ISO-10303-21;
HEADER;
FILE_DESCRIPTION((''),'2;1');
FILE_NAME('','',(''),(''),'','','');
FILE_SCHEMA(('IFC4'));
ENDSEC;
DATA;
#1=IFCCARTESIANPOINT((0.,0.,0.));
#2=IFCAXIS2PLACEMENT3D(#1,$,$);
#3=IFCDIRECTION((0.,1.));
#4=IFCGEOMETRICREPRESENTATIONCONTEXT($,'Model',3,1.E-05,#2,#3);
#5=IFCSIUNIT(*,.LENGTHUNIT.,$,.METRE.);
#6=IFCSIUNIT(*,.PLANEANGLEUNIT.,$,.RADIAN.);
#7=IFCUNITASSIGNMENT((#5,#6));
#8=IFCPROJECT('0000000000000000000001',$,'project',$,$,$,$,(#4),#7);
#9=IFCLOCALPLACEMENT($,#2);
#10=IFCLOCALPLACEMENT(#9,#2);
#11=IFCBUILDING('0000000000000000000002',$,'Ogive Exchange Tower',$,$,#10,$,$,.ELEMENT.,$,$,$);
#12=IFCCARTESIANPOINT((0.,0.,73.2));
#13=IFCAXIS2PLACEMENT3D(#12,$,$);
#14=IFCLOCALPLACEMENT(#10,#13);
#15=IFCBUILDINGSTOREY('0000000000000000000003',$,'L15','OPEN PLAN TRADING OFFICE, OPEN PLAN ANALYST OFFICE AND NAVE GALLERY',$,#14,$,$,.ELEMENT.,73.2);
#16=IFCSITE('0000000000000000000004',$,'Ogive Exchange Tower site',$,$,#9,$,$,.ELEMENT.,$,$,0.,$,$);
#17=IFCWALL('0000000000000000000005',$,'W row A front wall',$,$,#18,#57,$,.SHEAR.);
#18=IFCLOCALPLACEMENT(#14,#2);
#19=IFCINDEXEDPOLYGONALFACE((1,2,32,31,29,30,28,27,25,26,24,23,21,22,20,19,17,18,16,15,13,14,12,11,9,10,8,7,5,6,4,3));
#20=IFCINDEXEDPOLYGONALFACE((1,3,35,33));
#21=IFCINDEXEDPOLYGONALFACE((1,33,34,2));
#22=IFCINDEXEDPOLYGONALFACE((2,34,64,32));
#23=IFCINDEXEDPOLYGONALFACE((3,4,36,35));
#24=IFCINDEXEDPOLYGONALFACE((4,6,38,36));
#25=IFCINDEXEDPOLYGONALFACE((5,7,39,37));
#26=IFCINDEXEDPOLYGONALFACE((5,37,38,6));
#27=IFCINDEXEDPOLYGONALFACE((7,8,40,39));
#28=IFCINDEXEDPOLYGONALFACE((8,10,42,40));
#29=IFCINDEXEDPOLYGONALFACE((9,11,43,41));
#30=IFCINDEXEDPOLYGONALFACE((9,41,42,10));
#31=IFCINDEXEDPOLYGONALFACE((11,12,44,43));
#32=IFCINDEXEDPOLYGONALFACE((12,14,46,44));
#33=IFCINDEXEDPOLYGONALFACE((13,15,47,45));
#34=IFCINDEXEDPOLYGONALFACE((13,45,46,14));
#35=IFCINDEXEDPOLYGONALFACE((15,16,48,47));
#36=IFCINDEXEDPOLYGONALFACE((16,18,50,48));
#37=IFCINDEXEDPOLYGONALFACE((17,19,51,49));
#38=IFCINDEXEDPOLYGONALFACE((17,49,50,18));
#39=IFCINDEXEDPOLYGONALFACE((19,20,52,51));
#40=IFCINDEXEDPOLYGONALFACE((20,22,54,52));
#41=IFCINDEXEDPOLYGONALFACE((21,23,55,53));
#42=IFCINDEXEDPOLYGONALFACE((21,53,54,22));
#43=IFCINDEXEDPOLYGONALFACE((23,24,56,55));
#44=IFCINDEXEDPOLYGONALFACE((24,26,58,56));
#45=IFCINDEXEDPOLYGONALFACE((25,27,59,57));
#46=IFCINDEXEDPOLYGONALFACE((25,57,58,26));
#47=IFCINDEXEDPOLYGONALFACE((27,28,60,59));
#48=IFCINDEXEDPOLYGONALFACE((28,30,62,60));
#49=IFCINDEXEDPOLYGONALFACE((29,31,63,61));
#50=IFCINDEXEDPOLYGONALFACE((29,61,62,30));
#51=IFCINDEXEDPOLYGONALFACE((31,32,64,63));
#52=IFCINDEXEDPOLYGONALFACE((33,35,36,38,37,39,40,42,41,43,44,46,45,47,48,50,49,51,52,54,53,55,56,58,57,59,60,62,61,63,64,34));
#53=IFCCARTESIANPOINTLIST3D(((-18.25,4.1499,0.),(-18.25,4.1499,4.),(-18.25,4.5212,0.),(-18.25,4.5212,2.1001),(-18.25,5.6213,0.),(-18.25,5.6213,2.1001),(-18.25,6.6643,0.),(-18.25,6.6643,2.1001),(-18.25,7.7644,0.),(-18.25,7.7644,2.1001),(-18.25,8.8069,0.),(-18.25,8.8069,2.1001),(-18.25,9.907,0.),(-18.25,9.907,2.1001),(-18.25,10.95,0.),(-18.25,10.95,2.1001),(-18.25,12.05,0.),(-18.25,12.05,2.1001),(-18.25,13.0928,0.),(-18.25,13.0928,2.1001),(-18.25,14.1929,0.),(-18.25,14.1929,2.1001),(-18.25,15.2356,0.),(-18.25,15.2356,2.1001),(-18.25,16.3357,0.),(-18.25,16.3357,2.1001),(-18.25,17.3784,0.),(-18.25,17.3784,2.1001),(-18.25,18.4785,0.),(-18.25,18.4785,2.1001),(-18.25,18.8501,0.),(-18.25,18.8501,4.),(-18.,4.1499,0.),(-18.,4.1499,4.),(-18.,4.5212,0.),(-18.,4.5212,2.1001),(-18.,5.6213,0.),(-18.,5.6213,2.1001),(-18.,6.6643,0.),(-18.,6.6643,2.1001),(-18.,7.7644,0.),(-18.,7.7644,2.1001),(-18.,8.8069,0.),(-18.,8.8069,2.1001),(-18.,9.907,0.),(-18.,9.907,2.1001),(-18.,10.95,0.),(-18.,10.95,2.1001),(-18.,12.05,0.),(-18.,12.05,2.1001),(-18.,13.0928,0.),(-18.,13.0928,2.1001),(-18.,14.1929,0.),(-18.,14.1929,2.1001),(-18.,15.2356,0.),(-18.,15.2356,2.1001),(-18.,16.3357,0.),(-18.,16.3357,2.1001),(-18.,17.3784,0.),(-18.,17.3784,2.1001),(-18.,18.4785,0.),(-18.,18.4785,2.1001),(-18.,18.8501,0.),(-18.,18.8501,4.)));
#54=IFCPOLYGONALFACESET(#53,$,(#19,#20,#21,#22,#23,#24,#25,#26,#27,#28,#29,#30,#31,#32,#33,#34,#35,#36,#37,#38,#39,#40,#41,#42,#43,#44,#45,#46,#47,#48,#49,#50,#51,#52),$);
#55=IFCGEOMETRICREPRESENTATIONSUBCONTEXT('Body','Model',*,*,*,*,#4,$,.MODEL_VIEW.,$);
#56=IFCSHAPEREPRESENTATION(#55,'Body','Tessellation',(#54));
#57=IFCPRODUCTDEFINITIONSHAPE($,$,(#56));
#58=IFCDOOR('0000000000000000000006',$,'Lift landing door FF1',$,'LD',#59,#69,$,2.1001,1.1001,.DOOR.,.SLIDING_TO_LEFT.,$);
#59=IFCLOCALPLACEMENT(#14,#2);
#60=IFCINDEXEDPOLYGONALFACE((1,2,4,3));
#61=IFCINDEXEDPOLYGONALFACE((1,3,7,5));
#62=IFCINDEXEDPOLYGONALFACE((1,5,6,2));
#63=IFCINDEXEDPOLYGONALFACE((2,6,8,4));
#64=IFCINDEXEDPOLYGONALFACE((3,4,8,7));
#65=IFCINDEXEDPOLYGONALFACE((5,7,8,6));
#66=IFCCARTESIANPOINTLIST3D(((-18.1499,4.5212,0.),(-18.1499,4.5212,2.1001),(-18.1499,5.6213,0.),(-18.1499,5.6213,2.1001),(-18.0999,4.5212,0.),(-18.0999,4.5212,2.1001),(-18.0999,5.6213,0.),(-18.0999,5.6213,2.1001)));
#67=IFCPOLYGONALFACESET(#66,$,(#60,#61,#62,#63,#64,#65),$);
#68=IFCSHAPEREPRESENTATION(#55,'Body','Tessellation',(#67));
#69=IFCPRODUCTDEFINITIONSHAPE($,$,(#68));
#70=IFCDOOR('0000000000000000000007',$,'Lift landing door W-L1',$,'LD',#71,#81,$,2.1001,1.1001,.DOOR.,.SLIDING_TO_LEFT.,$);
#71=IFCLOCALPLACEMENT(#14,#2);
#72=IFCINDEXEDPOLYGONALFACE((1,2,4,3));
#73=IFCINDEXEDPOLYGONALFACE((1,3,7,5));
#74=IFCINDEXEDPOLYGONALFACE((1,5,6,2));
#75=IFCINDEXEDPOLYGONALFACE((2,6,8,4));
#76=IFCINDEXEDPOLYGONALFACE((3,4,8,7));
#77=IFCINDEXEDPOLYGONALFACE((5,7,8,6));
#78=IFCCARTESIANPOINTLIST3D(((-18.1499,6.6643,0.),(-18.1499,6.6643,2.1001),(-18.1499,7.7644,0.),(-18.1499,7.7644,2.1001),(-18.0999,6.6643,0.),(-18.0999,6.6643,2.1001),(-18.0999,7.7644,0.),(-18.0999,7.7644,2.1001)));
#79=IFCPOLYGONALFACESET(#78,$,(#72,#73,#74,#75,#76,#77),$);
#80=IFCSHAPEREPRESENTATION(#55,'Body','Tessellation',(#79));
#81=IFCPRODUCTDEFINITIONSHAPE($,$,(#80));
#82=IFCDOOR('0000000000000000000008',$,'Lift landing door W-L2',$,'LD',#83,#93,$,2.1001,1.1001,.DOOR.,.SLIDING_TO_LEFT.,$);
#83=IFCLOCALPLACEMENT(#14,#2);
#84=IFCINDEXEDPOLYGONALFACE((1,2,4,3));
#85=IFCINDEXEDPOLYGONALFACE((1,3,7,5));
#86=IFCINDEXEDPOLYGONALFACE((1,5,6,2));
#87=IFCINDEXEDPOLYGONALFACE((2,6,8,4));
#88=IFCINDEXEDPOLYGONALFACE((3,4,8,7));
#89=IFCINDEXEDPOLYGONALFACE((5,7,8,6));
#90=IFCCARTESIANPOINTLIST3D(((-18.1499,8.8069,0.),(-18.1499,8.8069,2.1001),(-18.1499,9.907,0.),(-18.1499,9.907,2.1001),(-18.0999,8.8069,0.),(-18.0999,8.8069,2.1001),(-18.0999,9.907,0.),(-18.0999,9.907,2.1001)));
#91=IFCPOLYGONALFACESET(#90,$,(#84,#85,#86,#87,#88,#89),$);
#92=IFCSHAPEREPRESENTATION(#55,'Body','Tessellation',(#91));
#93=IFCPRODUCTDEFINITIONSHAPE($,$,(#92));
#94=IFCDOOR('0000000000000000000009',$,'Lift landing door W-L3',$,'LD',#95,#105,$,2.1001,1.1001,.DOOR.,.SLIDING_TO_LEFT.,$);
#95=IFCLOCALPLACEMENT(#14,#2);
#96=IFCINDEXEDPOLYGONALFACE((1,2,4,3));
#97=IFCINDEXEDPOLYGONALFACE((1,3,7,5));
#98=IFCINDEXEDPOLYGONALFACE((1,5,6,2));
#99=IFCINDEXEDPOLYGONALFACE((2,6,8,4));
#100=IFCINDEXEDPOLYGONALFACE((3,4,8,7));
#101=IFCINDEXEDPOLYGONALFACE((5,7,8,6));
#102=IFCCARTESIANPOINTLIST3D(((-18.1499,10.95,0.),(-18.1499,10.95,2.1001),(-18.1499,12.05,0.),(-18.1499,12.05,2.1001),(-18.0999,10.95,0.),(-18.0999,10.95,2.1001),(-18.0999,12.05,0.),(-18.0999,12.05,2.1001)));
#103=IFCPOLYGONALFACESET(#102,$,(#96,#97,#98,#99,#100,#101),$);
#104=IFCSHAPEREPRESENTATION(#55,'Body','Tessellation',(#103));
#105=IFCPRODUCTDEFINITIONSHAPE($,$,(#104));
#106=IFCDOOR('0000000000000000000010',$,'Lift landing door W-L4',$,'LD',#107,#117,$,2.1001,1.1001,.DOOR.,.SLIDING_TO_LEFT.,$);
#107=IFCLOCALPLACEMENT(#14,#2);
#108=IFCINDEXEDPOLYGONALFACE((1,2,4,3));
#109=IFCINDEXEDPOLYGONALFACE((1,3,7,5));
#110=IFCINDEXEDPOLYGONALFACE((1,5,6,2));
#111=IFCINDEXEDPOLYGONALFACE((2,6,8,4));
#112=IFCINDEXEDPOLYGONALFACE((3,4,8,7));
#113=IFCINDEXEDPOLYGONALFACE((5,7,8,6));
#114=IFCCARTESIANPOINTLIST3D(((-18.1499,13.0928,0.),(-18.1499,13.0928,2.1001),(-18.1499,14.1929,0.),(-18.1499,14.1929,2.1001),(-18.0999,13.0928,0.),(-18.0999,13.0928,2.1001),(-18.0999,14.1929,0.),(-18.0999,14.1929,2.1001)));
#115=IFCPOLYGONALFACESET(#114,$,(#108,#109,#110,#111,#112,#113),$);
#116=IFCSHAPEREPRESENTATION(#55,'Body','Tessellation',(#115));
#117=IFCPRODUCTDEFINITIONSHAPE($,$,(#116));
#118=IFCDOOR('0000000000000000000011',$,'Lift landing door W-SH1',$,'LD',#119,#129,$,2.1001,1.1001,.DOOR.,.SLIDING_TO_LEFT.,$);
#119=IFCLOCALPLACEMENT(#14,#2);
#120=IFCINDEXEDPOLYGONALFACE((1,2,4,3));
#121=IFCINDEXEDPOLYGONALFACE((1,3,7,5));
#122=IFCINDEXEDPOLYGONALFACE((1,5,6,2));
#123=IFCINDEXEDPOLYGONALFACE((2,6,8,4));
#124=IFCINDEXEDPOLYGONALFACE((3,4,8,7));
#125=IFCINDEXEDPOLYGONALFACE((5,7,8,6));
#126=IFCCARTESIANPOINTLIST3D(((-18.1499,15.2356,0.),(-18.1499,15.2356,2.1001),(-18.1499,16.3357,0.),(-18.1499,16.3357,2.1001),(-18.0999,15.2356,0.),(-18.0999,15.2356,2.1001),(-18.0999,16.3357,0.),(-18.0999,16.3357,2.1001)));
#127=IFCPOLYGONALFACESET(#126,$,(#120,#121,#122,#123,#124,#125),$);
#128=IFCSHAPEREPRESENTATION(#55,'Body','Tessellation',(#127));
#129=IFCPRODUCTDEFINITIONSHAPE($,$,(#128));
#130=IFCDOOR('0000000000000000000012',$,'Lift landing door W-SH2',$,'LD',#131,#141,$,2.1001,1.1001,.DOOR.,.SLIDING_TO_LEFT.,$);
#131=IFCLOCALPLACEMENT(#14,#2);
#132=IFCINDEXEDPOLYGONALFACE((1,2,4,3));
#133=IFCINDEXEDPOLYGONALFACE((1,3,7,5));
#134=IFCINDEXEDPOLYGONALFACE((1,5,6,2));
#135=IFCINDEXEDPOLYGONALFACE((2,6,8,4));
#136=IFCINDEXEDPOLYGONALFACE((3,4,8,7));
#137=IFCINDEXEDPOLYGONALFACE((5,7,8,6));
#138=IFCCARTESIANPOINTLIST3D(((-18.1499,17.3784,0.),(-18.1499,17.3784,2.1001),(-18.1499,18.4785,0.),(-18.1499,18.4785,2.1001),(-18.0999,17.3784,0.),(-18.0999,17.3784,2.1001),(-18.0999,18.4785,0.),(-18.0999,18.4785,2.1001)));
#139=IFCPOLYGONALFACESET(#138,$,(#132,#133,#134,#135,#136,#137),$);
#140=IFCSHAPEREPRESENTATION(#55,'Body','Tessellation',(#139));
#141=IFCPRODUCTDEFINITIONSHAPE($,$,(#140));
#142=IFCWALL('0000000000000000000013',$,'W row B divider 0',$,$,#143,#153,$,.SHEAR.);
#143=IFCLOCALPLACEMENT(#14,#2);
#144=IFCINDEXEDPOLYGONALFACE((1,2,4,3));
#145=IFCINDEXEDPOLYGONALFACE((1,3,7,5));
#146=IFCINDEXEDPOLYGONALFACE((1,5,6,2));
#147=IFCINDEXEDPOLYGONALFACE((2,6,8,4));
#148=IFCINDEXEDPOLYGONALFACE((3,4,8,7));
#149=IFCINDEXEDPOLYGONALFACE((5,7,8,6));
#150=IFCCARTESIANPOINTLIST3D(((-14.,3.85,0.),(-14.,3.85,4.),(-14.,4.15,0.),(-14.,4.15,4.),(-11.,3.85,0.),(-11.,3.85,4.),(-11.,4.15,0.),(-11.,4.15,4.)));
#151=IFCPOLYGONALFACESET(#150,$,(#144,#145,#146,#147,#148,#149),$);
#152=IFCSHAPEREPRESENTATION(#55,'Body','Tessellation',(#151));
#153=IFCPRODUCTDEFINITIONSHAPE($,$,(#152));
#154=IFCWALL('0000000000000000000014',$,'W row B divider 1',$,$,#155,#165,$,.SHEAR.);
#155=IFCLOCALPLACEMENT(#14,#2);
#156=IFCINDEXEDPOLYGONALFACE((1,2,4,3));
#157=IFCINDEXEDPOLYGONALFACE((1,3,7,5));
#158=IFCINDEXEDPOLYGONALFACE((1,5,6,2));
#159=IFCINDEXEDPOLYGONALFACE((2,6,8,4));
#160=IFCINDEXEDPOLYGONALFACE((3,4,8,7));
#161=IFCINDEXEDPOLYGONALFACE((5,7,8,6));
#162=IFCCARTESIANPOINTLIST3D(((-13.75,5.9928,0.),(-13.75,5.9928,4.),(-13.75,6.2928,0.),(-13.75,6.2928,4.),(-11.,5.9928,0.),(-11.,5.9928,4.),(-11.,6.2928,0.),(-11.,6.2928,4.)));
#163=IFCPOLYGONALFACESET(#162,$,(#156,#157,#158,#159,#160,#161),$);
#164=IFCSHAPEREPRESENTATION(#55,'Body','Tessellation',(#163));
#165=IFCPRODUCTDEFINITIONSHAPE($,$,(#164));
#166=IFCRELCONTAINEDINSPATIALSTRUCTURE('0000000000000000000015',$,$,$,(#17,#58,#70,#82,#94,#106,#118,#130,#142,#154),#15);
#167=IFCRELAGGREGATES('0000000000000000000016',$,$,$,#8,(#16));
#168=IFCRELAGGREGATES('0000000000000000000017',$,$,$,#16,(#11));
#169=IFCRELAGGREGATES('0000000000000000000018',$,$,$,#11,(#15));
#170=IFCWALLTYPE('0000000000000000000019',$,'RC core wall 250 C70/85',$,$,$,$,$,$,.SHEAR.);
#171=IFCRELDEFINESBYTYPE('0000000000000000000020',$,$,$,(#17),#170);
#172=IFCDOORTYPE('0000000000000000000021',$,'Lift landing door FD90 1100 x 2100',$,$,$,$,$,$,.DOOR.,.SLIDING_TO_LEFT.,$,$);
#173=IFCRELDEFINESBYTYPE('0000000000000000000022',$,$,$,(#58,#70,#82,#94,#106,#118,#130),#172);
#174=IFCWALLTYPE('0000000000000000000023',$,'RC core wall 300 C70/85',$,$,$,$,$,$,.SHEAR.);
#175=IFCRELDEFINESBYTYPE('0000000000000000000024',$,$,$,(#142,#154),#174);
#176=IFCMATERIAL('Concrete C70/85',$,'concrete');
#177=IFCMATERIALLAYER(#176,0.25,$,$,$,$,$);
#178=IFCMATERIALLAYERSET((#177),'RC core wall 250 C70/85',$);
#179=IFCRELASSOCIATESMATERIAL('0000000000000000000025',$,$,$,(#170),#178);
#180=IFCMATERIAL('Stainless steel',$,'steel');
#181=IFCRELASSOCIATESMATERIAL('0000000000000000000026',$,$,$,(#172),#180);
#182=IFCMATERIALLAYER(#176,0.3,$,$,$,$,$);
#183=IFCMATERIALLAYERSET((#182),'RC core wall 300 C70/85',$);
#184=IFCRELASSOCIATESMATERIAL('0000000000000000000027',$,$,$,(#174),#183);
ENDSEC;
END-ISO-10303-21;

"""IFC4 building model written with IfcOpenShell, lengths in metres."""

from ifc_helpers import new_model, si_unit, direction, frame, frame_2d, origin, place, context, subcontext, project, spatial, rectangle, extrude, material, layer, layer_set, type_object, element, fill, save


model = new_model("IFC4")

# Units and contexts
model_context = context("Model", 3, precision=1e-05, world=origin(), true_north=direction((0.0, 1.0)))
body_context = subcontext(model_context, "Body", "Model", "MODEL_VIEW")
ifc_project = project(units=[si_unit("LENGTHUNIT", "METRE"), si_unit("PLANEANGLEUNIT", "RADIAN")], contexts=[model_context])

# Site, building, storey
site_placement = place(None, origin())
site = spatial("IfcSite", under=ifc_project, at=site_placement, Name="Ogive Exchange Tower site", CompositionType="ELEMENT", RefElevation=0.0)
building_placement = place(site_placement, origin())
building = spatial("IfcBuilding", under=site, at=building_placement, Name="Ogive Exchange Tower", CompositionType="ELEMENT")
storey_placement = place(building_placement, frame((0.0, 0.0, 73.2)))
storey = spatial("IfcBuildingStorey", under=building, at=storey_placement, Name="L15", Description="OPEN PLAN TRADING OFFICE, OPEN PLAN ANALYST OFFICE AND NAVE GALLERY", CompositionType="ELEMENT", Elevation=73.2)

# Shared definitions
ifc_material_1 = material(Name="Concrete C70/85", Category="concrete")

# Shared definitions
ifc_layer_1 = layer(ifc_material_1, 0.25)
ifc_layer_set_1 = layer_set([ifc_layer_1], Name="RC core wall 250 C70/85")
wall_type_1 = type_object("IfcWallType", Name="RC core wall 250 C70/85", PredefinedType="SHEAR", material=ifc_layer_set_1)

# Wall, openings, doors
wall_1_placement = place(storey_placement, frame((-18.125, 4.1499, 0.0), z_axis=(0.0, 0.0, 1.0), x_axis=(0.0, 1.0, 0.0)))
wall_1 = element("IfcWall", 1, at=wall_1_placement, inside=storey, type_object=wall_type_1, Name="W row A front wall", PredefinedType="SHEAR", context=body_context, shape_type="SweptSolid", body=[
    extrude(rectangle(XDim=14.7002, YDim=0.25, at=frame_2d((7.3501, 0.0))), origin(), (0.0, 0.0, 1.0), 4.0),
])
opening_1_placement = place(wall_1_placement, frame((0.3713, 0.0, 0.0)))
opening_1 = element("IfcOpeningElement", 2, at=opening_1_placement, cuts=wall_1, PredefinedType="OPENING", context=body_context, shape_type="SweptSolid", body=[
    extrude(rectangle(XDim=1.1001, YDim=2.1001, at=frame_2d((0.55, 1.05))), frame((0.0, 0.135, 0.0), z_axis=(0.0, -1.0, 0.0), x_axis=(1.0, 0.0, 0.0)), (0.0, 0.0, 1.0), 0.27),
])
opening_2_placement = place(wall_1_placement, frame((2.5144, 0.0, 0.0)))
opening_2 = element("IfcOpeningElement", 3, at=opening_2_placement, cuts=wall_1, PredefinedType="OPENING", context=body_context, shape_type="SweptSolid", body=[
    extrude(rectangle(XDim=1.1001, YDim=2.1001, at=frame_2d((0.55, 1.05))), frame((0.0, 0.135, 0.0), z_axis=(0.0, -1.0, 0.0), x_axis=(1.0, 0.0, 0.0)), (0.0, 0.0, 1.0), 0.27),
])
opening_3_placement = place(wall_1_placement, frame((4.657, 0.0, 0.0)))
opening_3 = element("IfcOpeningElement", 4, at=opening_3_placement, cuts=wall_1, PredefinedType="OPENING", context=body_context, shape_type="SweptSolid", body=[
    extrude(rectangle(XDim=1.1001, YDim=2.1001, at=frame_2d((0.55, 1.05))), frame((0.0, 0.135, 0.0), z_axis=(0.0, -1.0, 0.0), x_axis=(1.0, 0.0, 0.0)), (0.0, 0.0, 1.0), 0.27),
])
opening_4_placement = place(wall_1_placement, frame((6.8, 0.0, 0.0)))
opening_4 = element("IfcOpeningElement", 5, at=opening_4_placement, cuts=wall_1, PredefinedType="OPENING", context=body_context, shape_type="SweptSolid", body=[
    extrude(rectangle(XDim=1.1001, YDim=2.1001, at=frame_2d((0.55, 1.05))), frame((0.0, 0.135, 0.0), z_axis=(0.0, -1.0, 0.0), x_axis=(1.0, 0.0, 0.0)), (0.0, 0.0, 1.0), 0.27),
])
opening_5_placement = place(wall_1_placement, frame((8.9429, 0.0, 0.0)))
opening_5 = element("IfcOpeningElement", 6, at=opening_5_placement, cuts=wall_1, PredefinedType="OPENING", context=body_context, shape_type="SweptSolid", body=[
    extrude(rectangle(XDim=1.1001, YDim=2.1001, at=frame_2d((0.55, 1.05))), frame((0.0, 0.135, 0.0), z_axis=(0.0, -1.0, 0.0), x_axis=(1.0, 0.0, 0.0)), (0.0, 0.0, 1.0), 0.27),
])
opening_6_placement = place(wall_1_placement, frame((11.0857, 0.0, 0.0)))
opening_6 = element("IfcOpeningElement", 7, at=opening_6_placement, cuts=wall_1, PredefinedType="OPENING", context=body_context, shape_type="SweptSolid", body=[
    extrude(rectangle(XDim=1.1001, YDim=2.1001, at=frame_2d((0.55, 1.05))), frame((0.0, 0.135, 0.0), z_axis=(0.0, -1.0, 0.0), x_axis=(1.0, 0.0, 0.0)), (0.0, 0.0, 1.0), 0.27),
])
opening_7_placement = place(wall_1_placement, frame((13.2285, 0.0, 0.0)))
opening_7 = element("IfcOpeningElement", 8, at=opening_7_placement, cuts=wall_1, PredefinedType="OPENING", context=body_context, shape_type="SweptSolid", body=[
    extrude(rectangle(XDim=1.1001, YDim=2.1001, at=frame_2d((0.55, 1.05))), frame((0.0, 0.135, 0.0), z_axis=(0.0, -1.0, 0.0), x_axis=(1.0, 0.0, 0.0)), (0.0, 0.0, 1.0), 0.27),
])
ifc_material_2 = material(Name="Stainless steel", Category="steel")
door_type_1 = type_object("IfcDoorType", Name="Lift landing door FD90 1100 x 2100", OperationType="SLIDING_TO_LEFT", PredefinedType="DOOR", material=ifc_material_2)
door_1_placement = place(opening_1_placement, origin())
door_1 = element("IfcDoor", 9, at=door_1_placement, inside=storey, type_object=door_type_1, Name="Lift landing door FF1", ObjectType="LD", OperationType="SLIDING_TO_LEFT", OverallHeight=2.1001, OverallWidth=1.1001, PredefinedType="DOOR", context=body_context, shape_type="SweptSolid", body=[
    extrude(rectangle(XDim=1.1001, YDim=2.1001, at=frame_2d((0.55, 1.05))), frame((0.0, 0.0249, 0.0), z_axis=(0.0, -1.0, 0.0), x_axis=(1.0, 0.0, 0.0)), (0.0, 0.0, 1.0), 0.05),
])
fill(opening_1, door_1)
door_2_placement = place(opening_2_placement, origin())
door_2 = element("IfcDoor", 10, at=door_2_placement, inside=storey, type_object=door_type_1, Name="Lift landing door W-L1", ObjectType="LD", OperationType="SLIDING_TO_LEFT", OverallHeight=2.1001, OverallWidth=1.1001, PredefinedType="DOOR", context=body_context, shape_type="SweptSolid", body=[
    extrude(rectangle(XDim=1.1001, YDim=2.1001, at=frame_2d((0.55, 1.05))), frame((0.0, 0.0249, 0.0), z_axis=(0.0, -1.0, 0.0), x_axis=(1.0, 0.0, 0.0)), (0.0, 0.0, 1.0), 0.05),
])
fill(opening_2, door_2)
door_3_placement = place(opening_3_placement, origin())
door_3 = element("IfcDoor", 11, at=door_3_placement, inside=storey, type_object=door_type_1, Name="Lift landing door W-L2", ObjectType="LD", OperationType="SLIDING_TO_LEFT", OverallHeight=2.1001, OverallWidth=1.1001, PredefinedType="DOOR", context=body_context, shape_type="SweptSolid", body=[
    extrude(rectangle(XDim=1.1001, YDim=2.1001, at=frame_2d((0.55, 1.05))), frame((0.0, 0.0249, 0.0), z_axis=(0.0, -1.0, 0.0), x_axis=(1.0, 0.0, 0.0)), (0.0, 0.0, 1.0), 0.05),
])
fill(opening_3, door_3)
door_4_placement = place(opening_4_placement, origin())
door_4 = element("IfcDoor", 12, at=door_4_placement, inside=storey, type_object=door_type_1, Name="Lift landing door W-L3", ObjectType="LD", OperationType="SLIDING_TO_LEFT", OverallHeight=2.1001, OverallWidth=1.1001, PredefinedType="DOOR", context=body_context, shape_type="SweptSolid", body=[
    extrude(rectangle(XDim=1.1001, YDim=2.1001, at=frame_2d((0.55, 1.05))), frame((0.0, 0.0249, 0.0), z_axis=(0.0, -1.0, 0.0), x_axis=(1.0, 0.0, 0.0)), (0.0, 0.0, 1.0), 0.05),
])
fill(opening_4, door_4)
door_5_placement = place(opening_5_placement, origin())
door_5 = element("IfcDoor", 13, at=door_5_placement, inside=storey, type_object=door_type_1, Name="Lift landing door W-L4", ObjectType="LD", OperationType="SLIDING_TO_LEFT", OverallHeight=2.1001, OverallWidth=1.1001, PredefinedType="DOOR", context=body_context, shape_type="SweptSolid", body=[
    extrude(rectangle(XDim=1.1001, YDim=2.1001, at=frame_2d((0.55, 1.05))), frame((0.0, 0.0249, 0.0), z_axis=(0.0, -1.0, 0.0), x_axis=(1.0, 0.0, 0.0)), (0.0, 0.0, 1.0), 0.05),
])
fill(opening_5, door_5)
door_6_placement = place(opening_6_placement, origin())
door_6 = element("IfcDoor", 14, at=door_6_placement, inside=storey, type_object=door_type_1, Name="Lift landing door W-SH1", ObjectType="LD", OperationType="SLIDING_TO_LEFT", OverallHeight=2.1001, OverallWidth=1.1001, PredefinedType="DOOR", context=body_context, shape_type="SweptSolid", body=[
    extrude(rectangle(XDim=1.1001, YDim=2.1001, at=frame_2d((0.55, 1.05))), frame((0.0, 0.0249, 0.0), z_axis=(0.0, -1.0, 0.0), x_axis=(1.0, 0.0, 0.0)), (0.0, 0.0, 1.0), 0.05),
])
fill(opening_6, door_6)
door_7_placement = place(opening_7_placement, origin())
door_7 = element("IfcDoor", 15, at=door_7_placement, inside=storey, type_object=door_type_1, Name="Lift landing door W-SH2", ObjectType="LD", OperationType="SLIDING_TO_LEFT", OverallHeight=2.1001, OverallWidth=1.1001, PredefinedType="DOOR", context=body_context, shape_type="SweptSolid", body=[
    extrude(rectangle(XDim=1.1001, YDim=2.1001, at=frame_2d((0.55, 1.05))), frame((0.0, 0.0249, 0.0), z_axis=(0.0, -1.0, 0.0), x_axis=(1.0, 0.0, 0.0)), (0.0, 0.0, 1.0), 0.05),
])
fill(opening_7, door_7)

# Walls
ifc_layer_2 = layer(ifc_material_1, 0.3)
ifc_layer_set_2 = layer_set([ifc_layer_2], Name="RC core wall 300 C70/85")
wall_type_2 = type_object("IfcWallType", Name="RC core wall 300 C70/85", PredefinedType="SHEAR", material=ifc_layer_set_2)
wall_2_placement = place(storey_placement, frame((-14.0, 4.0, 0.0), z_axis=(0.0, 0.0, 1.0), x_axis=(1.0, 0.0, 0.0)))
element("IfcWall", 16, at=wall_2_placement, inside=storey, type_object=wall_type_2, Name="W row B divider 0", PredefinedType="SHEAR", context=body_context, shape_type="SweptSolid", body=[
    extrude(rectangle(XDim=3.0, YDim=0.3, at=frame_2d((1.5, 0.0))), origin(), (0.0, 0.0, 1.0), 4.0),
])
wall_3_placement = place(storey_placement, frame((-13.75, 6.1428, 0.0), z_axis=(0.0, 0.0, 1.0), x_axis=(1.0, 0.0, 0.0)))
element("IfcWall", 17, at=wall_3_placement, inside=storey, type_object=wall_type_2, Name="W row B divider 1", PredefinedType="SHEAR", context=body_context, shape_type="SweptSolid", body=[
    extrude(rectangle(XDim=2.75, YDim=0.3, at=frame_2d((1.375, 0.0))), origin(), (0.0, 0.0, 1.0), 4.0),
])

save(model, "model.ifc")
